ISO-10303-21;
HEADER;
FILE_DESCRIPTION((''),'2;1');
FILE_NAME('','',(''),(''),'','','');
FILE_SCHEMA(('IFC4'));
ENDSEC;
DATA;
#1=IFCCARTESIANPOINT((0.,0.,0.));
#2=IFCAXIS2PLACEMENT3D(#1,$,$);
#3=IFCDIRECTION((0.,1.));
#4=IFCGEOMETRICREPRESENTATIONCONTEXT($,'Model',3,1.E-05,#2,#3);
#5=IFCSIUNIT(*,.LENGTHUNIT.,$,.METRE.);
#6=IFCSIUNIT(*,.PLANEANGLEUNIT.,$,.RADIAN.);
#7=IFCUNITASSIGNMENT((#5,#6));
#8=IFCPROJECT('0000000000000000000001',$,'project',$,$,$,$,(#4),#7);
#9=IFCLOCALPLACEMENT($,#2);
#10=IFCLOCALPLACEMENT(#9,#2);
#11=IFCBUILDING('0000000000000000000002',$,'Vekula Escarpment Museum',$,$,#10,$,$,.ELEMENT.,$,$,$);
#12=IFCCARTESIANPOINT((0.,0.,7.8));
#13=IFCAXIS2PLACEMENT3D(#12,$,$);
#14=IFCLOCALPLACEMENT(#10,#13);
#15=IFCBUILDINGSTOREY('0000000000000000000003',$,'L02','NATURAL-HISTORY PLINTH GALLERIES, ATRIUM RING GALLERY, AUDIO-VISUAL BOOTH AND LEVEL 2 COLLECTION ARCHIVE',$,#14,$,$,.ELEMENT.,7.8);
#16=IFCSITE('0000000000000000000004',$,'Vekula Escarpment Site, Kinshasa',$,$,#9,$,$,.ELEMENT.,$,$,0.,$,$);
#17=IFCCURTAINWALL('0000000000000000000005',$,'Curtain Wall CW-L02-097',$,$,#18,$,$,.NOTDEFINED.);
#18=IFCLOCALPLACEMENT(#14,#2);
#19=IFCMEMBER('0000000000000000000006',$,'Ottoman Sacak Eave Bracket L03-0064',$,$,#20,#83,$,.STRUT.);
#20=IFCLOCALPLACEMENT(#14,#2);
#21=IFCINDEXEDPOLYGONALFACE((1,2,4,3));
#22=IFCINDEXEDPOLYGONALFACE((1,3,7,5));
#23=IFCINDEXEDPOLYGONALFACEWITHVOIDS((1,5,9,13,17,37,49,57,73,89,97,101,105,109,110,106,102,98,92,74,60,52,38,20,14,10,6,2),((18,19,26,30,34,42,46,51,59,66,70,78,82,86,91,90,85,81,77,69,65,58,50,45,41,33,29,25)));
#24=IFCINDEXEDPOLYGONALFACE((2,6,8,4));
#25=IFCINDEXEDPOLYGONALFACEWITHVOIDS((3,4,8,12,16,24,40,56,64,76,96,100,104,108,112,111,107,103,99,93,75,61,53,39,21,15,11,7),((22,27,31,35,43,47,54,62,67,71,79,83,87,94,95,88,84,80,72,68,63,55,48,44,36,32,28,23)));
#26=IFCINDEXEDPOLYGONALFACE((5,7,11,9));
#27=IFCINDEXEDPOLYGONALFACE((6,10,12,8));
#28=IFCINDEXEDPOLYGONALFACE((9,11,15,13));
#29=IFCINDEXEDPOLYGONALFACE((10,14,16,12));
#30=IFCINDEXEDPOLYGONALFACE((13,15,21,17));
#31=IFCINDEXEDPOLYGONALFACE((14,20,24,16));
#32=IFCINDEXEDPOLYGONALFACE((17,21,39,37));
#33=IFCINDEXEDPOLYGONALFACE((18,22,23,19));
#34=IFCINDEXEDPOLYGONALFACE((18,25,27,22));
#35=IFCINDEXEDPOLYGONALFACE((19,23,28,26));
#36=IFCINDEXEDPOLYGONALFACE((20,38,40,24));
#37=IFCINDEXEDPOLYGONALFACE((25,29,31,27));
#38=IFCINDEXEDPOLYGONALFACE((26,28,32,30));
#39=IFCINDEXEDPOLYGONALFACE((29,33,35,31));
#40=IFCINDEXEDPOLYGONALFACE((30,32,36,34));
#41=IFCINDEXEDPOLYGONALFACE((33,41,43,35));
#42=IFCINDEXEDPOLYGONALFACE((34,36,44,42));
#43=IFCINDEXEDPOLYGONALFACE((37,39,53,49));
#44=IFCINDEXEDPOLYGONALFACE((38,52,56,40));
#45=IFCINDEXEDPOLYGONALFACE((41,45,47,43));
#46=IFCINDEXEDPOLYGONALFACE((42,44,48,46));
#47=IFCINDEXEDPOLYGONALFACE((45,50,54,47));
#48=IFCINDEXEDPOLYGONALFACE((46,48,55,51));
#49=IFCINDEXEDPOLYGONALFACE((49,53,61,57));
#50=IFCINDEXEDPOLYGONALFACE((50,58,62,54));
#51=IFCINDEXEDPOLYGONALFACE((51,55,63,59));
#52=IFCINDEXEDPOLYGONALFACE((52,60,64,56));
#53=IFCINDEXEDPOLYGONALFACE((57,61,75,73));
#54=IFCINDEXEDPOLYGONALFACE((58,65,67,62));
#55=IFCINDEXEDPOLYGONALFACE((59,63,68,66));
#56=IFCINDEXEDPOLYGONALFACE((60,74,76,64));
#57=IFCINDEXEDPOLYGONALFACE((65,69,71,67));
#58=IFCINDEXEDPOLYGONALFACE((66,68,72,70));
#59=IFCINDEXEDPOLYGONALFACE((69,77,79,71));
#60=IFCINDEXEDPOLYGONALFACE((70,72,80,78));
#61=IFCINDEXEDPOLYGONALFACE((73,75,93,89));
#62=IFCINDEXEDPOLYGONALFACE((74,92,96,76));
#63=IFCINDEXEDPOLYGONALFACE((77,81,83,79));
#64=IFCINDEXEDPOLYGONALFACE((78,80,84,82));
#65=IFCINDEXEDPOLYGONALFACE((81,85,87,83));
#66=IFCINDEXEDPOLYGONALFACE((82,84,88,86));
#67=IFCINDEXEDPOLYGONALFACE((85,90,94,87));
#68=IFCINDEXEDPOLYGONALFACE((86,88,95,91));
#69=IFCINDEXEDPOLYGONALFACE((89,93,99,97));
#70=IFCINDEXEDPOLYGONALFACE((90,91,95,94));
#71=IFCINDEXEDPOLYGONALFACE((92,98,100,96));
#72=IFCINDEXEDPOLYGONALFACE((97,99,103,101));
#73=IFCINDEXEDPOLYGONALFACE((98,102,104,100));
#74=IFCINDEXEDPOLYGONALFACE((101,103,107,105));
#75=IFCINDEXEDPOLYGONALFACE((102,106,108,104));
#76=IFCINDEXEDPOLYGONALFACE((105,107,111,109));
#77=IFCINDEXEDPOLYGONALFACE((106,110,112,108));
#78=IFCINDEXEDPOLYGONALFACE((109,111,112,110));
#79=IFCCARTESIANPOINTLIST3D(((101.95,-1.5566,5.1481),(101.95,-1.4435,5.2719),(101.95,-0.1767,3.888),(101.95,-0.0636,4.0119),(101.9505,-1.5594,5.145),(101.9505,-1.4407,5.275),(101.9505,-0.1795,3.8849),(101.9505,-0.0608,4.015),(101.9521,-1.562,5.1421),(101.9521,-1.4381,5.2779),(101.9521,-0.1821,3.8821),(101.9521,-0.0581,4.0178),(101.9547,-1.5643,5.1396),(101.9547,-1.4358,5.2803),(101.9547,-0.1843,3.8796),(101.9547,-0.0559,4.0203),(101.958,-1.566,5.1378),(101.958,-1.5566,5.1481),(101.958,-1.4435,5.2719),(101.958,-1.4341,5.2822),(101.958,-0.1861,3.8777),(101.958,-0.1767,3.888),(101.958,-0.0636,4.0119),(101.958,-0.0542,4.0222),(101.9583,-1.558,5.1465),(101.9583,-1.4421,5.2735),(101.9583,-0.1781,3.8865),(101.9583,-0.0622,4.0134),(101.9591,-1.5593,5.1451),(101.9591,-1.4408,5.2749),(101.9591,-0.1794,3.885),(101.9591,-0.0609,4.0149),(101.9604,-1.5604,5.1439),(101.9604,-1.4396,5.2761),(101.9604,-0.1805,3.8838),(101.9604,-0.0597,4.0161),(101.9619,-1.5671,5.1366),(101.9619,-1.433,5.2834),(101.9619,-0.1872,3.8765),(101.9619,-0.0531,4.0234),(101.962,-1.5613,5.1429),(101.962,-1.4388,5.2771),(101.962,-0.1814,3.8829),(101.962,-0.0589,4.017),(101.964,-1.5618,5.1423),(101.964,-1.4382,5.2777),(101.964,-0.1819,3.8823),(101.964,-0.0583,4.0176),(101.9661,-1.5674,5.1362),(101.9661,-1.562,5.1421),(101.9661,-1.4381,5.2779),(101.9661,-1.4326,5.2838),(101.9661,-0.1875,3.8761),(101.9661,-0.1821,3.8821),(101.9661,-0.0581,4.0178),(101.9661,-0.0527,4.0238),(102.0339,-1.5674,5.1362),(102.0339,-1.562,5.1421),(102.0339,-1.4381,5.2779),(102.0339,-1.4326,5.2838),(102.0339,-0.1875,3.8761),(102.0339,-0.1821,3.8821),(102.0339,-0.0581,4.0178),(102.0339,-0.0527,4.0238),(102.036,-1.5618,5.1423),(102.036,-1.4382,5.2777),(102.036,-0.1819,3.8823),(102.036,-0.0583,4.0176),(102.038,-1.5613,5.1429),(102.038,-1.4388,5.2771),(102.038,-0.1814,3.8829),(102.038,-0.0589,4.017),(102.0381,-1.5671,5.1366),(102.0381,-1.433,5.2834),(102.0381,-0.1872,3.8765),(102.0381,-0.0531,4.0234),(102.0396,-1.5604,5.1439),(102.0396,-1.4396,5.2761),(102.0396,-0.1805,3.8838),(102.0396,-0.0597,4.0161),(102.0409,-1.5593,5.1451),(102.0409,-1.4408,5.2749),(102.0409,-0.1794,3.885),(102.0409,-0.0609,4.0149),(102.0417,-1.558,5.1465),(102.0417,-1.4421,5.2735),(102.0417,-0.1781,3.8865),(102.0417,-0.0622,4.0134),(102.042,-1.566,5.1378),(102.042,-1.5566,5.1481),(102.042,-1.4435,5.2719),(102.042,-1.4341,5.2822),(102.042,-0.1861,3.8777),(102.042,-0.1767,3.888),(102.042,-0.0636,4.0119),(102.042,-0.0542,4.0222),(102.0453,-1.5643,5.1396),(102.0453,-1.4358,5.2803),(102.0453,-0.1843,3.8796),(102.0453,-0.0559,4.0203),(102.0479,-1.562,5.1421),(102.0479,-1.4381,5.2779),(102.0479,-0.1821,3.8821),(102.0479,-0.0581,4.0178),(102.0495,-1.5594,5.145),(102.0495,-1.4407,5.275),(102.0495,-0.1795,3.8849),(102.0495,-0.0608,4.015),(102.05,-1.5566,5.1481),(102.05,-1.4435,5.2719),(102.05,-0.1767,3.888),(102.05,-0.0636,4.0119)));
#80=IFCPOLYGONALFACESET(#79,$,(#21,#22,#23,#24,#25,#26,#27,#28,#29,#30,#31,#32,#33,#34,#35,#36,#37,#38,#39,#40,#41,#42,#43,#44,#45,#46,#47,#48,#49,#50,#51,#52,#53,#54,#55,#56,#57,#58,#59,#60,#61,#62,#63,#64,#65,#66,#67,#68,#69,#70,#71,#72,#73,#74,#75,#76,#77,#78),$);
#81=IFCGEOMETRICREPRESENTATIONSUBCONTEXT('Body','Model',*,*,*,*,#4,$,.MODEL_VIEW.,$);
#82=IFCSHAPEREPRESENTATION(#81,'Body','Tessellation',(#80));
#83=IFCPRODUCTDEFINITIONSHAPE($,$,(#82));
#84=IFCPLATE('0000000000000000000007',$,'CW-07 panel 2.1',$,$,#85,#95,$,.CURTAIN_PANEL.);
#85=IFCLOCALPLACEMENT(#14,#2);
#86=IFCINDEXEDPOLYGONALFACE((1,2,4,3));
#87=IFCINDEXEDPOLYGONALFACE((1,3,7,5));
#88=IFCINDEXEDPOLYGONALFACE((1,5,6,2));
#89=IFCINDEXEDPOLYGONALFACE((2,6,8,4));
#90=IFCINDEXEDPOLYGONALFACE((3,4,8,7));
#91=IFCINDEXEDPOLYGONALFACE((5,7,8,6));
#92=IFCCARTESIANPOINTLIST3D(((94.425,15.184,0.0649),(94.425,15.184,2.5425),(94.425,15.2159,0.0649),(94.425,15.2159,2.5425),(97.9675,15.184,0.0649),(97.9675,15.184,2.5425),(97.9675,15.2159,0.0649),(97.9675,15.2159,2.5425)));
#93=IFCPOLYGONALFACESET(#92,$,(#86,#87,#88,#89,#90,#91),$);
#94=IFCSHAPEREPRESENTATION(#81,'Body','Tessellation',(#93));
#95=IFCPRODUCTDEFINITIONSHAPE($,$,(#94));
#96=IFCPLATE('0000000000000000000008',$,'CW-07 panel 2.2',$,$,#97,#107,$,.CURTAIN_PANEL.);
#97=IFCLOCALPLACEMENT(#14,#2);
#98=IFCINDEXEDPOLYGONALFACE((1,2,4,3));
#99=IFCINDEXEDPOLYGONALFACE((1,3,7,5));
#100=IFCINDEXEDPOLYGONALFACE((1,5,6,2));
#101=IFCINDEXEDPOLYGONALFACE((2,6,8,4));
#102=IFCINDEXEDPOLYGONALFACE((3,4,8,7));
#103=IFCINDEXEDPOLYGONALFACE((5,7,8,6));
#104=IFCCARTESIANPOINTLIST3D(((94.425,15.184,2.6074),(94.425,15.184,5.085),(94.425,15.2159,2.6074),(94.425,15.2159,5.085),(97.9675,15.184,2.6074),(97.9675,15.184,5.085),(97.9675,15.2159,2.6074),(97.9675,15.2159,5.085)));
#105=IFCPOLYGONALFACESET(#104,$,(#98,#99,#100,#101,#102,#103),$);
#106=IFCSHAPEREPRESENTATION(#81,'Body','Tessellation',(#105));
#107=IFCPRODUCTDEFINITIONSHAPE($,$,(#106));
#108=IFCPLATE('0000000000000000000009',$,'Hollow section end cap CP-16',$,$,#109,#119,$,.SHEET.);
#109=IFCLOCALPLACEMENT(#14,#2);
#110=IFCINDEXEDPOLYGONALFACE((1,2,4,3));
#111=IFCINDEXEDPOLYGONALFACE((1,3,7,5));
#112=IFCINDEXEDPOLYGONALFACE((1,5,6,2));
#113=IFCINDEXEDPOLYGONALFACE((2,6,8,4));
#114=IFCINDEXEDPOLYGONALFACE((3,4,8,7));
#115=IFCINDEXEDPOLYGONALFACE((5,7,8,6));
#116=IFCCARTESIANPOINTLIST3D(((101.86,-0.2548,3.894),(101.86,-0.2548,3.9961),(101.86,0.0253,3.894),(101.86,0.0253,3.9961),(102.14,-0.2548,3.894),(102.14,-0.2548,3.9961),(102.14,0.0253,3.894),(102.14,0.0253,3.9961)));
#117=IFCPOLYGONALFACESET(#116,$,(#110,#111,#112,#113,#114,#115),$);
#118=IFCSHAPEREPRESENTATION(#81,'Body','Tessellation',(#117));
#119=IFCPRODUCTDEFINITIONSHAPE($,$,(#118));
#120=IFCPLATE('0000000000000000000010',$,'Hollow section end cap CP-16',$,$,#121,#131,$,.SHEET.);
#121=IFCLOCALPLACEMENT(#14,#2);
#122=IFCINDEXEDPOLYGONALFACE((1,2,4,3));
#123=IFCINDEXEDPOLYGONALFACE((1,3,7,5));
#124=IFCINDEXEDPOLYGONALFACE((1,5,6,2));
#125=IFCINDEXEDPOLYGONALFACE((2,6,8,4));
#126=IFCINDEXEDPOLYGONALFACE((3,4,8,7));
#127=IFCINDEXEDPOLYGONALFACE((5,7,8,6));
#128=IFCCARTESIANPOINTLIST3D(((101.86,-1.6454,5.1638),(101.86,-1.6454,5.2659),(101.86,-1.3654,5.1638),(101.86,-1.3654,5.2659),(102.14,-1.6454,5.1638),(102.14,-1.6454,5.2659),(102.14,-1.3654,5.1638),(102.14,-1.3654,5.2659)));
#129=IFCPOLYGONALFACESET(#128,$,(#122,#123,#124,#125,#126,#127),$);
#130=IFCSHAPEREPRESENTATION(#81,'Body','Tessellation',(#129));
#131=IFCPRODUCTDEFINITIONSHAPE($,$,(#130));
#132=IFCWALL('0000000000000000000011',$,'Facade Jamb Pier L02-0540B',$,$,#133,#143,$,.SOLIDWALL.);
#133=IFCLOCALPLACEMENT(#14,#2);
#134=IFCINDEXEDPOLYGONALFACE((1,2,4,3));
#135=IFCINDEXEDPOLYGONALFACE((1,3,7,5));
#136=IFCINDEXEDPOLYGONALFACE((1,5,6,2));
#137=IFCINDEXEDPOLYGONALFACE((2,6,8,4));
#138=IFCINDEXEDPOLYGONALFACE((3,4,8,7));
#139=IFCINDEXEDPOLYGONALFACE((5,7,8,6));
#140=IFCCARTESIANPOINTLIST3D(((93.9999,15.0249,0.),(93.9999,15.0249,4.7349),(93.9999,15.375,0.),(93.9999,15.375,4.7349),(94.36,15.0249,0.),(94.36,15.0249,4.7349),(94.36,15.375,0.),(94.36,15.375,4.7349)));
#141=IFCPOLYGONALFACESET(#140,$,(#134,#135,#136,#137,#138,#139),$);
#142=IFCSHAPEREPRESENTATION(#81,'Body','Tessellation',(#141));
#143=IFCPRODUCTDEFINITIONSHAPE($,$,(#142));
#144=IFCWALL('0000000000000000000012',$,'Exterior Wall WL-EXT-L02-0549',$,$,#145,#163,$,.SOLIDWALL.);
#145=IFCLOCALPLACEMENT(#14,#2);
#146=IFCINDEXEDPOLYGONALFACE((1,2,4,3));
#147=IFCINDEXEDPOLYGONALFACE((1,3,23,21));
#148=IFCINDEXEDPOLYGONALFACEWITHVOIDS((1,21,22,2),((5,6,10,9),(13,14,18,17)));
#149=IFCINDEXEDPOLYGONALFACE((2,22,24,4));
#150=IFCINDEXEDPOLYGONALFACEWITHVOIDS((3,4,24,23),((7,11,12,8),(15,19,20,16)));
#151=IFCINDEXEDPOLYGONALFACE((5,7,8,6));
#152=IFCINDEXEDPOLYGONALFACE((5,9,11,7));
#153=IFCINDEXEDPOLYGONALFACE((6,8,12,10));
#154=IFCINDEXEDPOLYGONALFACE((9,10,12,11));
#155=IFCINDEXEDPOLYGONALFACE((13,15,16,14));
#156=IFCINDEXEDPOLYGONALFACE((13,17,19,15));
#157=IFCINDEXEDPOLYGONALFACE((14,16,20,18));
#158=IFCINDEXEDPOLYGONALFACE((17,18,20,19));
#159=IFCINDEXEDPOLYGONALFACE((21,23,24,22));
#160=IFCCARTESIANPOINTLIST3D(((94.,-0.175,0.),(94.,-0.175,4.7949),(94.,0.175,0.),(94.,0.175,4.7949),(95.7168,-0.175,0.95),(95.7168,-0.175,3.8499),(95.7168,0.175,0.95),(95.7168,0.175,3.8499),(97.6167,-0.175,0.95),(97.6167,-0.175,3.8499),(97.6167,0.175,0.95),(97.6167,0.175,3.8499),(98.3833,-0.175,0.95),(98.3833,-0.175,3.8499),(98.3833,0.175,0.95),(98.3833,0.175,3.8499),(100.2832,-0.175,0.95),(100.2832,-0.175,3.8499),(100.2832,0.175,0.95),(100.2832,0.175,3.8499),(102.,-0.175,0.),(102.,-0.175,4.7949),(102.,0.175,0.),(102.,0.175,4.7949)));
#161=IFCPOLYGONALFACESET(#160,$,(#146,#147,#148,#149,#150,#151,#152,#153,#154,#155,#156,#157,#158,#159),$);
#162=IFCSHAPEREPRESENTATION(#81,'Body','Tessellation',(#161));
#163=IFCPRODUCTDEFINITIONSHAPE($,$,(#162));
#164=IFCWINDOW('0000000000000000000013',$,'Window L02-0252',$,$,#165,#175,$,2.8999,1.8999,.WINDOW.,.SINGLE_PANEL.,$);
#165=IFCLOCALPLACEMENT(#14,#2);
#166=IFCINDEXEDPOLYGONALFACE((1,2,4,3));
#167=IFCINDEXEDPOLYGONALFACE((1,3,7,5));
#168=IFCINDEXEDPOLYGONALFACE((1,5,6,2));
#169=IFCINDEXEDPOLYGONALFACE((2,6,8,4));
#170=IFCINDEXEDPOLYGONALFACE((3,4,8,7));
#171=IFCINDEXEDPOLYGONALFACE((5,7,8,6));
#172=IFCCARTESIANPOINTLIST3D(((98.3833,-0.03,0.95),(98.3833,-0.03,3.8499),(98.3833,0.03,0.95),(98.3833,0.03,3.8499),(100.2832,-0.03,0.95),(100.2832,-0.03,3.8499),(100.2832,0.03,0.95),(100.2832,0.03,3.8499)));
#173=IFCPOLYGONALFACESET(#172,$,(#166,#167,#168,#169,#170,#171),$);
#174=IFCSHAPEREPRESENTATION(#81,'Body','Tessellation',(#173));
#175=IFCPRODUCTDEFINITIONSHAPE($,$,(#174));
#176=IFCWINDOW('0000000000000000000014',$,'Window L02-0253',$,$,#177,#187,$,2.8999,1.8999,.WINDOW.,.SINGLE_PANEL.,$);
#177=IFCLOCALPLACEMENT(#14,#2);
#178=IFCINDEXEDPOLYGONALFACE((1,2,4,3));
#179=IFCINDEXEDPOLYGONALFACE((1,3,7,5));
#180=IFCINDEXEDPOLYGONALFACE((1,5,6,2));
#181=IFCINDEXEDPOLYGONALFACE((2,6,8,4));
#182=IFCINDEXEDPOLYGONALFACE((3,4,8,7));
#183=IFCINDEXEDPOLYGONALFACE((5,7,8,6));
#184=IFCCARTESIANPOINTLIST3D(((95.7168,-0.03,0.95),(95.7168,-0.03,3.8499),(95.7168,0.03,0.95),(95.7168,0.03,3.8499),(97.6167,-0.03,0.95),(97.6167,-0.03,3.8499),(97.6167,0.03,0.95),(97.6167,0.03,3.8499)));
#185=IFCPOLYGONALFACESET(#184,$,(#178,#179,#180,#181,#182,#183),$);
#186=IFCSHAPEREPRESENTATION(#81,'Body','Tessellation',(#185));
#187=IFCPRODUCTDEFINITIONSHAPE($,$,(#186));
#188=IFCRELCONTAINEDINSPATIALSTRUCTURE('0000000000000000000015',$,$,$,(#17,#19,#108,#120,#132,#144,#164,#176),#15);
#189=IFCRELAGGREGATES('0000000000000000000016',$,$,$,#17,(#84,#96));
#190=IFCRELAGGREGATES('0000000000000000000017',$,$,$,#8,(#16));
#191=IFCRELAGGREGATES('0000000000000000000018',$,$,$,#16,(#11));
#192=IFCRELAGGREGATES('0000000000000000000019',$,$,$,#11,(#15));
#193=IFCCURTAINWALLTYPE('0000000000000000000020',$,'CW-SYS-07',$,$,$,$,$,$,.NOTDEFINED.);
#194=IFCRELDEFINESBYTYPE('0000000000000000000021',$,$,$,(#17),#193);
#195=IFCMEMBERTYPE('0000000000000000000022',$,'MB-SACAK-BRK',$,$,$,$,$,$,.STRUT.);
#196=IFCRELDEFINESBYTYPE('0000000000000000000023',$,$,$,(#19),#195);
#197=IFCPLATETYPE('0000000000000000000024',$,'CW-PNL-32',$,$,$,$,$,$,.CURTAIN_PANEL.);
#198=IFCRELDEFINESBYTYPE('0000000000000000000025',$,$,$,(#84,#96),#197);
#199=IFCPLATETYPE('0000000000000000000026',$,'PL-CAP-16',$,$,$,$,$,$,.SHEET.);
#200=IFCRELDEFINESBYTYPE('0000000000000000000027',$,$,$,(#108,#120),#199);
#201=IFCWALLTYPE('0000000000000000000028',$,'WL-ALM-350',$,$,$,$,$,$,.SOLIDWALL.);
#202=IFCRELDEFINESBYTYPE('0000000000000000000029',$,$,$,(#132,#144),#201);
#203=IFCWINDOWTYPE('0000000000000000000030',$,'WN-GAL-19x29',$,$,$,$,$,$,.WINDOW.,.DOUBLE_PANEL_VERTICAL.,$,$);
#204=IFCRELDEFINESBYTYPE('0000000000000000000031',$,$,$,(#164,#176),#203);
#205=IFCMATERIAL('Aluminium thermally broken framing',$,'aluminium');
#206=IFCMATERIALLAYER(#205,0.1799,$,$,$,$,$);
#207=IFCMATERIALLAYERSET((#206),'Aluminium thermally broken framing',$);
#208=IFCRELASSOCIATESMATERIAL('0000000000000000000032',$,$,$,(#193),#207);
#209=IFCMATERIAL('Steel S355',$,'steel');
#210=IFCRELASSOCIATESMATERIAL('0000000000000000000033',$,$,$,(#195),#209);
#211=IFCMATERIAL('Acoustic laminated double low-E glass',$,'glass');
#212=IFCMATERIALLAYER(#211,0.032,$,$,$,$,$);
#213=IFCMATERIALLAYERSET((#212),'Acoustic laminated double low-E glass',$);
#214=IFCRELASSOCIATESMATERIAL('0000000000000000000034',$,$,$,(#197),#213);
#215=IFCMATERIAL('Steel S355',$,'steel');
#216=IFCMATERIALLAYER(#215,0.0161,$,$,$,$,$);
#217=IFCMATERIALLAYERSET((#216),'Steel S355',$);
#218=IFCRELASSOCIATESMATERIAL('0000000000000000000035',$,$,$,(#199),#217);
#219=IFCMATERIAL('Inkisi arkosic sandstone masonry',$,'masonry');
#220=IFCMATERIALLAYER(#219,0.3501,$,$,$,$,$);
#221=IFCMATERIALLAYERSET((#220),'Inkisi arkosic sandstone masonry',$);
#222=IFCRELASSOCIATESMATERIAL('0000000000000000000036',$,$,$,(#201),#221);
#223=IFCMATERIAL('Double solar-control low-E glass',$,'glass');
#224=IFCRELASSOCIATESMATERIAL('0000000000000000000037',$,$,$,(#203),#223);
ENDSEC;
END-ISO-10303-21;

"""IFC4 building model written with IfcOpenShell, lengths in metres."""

from ifc_helpers import new_model, si_unit, direction, frame, frame_2d, origin, origin_2d, place, context, subcontext, project, spatial, rectangle, hollow_rectangle, extrude, material, layer, layer_set, material_profile, profile_set, type_object, element, fill, aggregate, save


model = new_model("IFC4")

# Units and contexts
model_context = context("Model", 3, precision=1e-05, world=origin(), true_north=direction((0.0, 1.0)))
body_context = subcontext(model_context, "Body", "Model", "MODEL_VIEW")
ifc_project = project(units=[si_unit("LENGTHUNIT", "METRE"), si_unit("PLANEANGLEUNIT", "RADIAN")], contexts=[model_context])

# Site, building, storey
site_placement = place(None, origin())
site = spatial("IfcSite", under=ifc_project, at=site_placement, Name="Vekula Escarpment Site, Kinshasa", CompositionType="ELEMENT", RefElevation=0.0)
building_placement = place(site_placement, origin())
building = spatial("IfcBuilding", under=site, at=building_placement, Name="Vekula Escarpment Museum", CompositionType="ELEMENT")
storey_placement = place(building_placement, frame((0.0, 0.0, 7.8)))
storey = spatial("IfcBuildingStorey", under=building, at=storey_placement, Name="L02", Description="NATURAL-HISTORY PLINTH GALLERIES, ATRIUM RING GALLERY, AUDIO-VISUAL BOOTH AND LEVEL 2 COLLECTION ARCHIVE", CompositionType="ELEMENT", Elevation=7.8)

# Curtain wall
ifc_material_1 = material(Name="Aluminium thermally broken framing", Category="aluminium")
ifc_layer_1 = layer(ifc_material_1, 0.1799)
ifc_layer_set_1 = layer_set([ifc_layer_1], Name="Aluminium thermally broken framing")
curtain_wall_type = type_object("IfcCurtainWallType", Name="CW-SYS-07", PredefinedType="NOTDEFINED", material=ifc_layer_set_1)
curtain_wall_placement = place(storey_placement, origin())
curtain_wall = element("IfcCurtainWall", 1, at=curtain_wall_placement, inside=storey, type_object=curtain_wall_type, Name="Curtain Wall CW-L02-097", PredefinedType="NOTDEFINED")

# Member
ifc_material_2 = material(Name="Steel S355", Category="steel")
ifc_material_profile_1 = material_profile(ifc_material_2, hollow_rectangle(XDim=0.1001, YDim=0.2, WallThickness=0.0081, InnerFilletRadius=0.0081, OuterFilletRadius=0.0161, at=origin_2d()), Name="RHS 200x100x8")
ifc_profile_set_1 = profile_set([ifc_material_profile_1], Name="Steel S355")
member_type_1 = type_object("IfcMemberType", Name="MB-SACAK-BRK", PredefinedType="STRUT", material=ifc_profile_set_1)
member_1_placement = place(storey_placement, frame((102.0, -0.1201, 3.95), z_axis=(0.0, -0.738454, 0.674303), x_axis=(1.0, 0.0, 0.0)))
element("IfcMember", 2, at=member_1_placement, inside=storey, type_object=member_type_1, Name="Ottoman Sacak Eave Bracket L03-0064", PredefinedType="STRUT", context=body_context, shape_type="SweptSolid", body=[
    extrude(hollow_rectangle(XDim=0.1001, YDim=0.2, WallThickness=0.0081, InnerFilletRadius=0.0081, OuterFilletRadius=0.0161, at=origin_2d()), origin(), (0.0, 0.0, 1.0), 1.8687),
])

# Plates
ifc_material_3 = material(Name="Acoustic laminated double low-E glass", Category="glass")
ifc_layer_2 = layer(ifc_material_3, 0.032)
ifc_layer_set_2 = layer_set([ifc_layer_2], Name="Acoustic laminated double low-E glass")
plate_type_1 = type_object("IfcPlateType", Name="CW-PNL-32", PredefinedType="CURTAIN_PANEL", material=ifc_layer_set_2)
plate_1_placement = place(storey_placement, frame((96.1963, 15.2, 0.0649), z_axis=(0.0, 0.0, 1.0), x_axis=(-1.0, 0.0, 0.0)))
plate_1 = element("IfcPlate", 3, at=plate_1_placement, type_object=plate_type_1, Name="CW-07 panel 2.1", PredefinedType="CURTAIN_PANEL", context=body_context, shape_type="SweptSolid", body=[
    extrude(rectangle(XDim=3.5425, YDim=0.032, at=origin_2d()), origin(), (0.0, 0.0, 1.0), 2.4775),
])
plate_2_placement = place(storey_placement, frame((96.1963, 15.2, 2.6074), z_axis=(0.0, 0.0, 1.0), x_axis=(-1.0, 0.0, 0.0)))
plate_2 = element("IfcPlate", 4, at=plate_2_placement, type_object=plate_type_1, Name="CW-07 panel 2.2", PredefinedType="CURTAIN_PANEL", context=body_context, shape_type="SweptSolid", body=[
    extrude(rectangle(XDim=3.5425, YDim=0.032, at=origin_2d()), origin(), (0.0, 0.0, 1.0), 2.4775),
])
aggregate(curtain_wall, [plate_1, plate_2])

# Plates
ifc_material_4 = material(Name="Steel S355", Category="steel")
ifc_layer_3 = layer(ifc_material_4, 0.0161)
ifc_layer_set_3 = layer_set([ifc_layer_3], Name="Steel S355")
plate_type_2 = type_object("IfcPlateType", Name="PL-CAP-16", PredefinedType="SHEET", material=ifc_layer_set_3)
for number, where, z_axis, x_axis, name in (
    (5, (102.0, -0.1147, 3.894), (0.0, 0.0, 1.0), (1.0, 0.0, 0.0), "Hollow section end cap CP-16"),
    (6, (102.0, -1.5054, 5.1638), (0.0, 0.0, 1.0), (1.0, 0.0, 0.0), "Hollow section end cap CP-16"),
):
    element("IfcPlate", number, at=place(storey_placement, frame(where, z_axis=z_axis, x_axis=x_axis)), inside=storey, type_object=plate_type_2, Name=name, PredefinedType="SHEET", context=body_context, shape_type="SweptSolid", body=[
        extrude(rectangle(XDim=0.28, YDim=0.28, at=origin_2d()), origin(), (0.0, 0.0, 1.0), 0.1021),
    ])

# Wall
ifc_material_5 = material(Name="Inkisi arkosic sandstone masonry", Category="masonry")
ifc_layer_4 = layer(ifc_material_5, 0.3501)
ifc_layer_set_4 = layer_set([ifc_layer_4], Name="Inkisi arkosic sandstone masonry")
wall_type_1 = type_object("IfcWallType", Name="WL-ALM-350", PredefinedType="SOLIDWALL", material=ifc_layer_set_4)
wall_1_placement = place(storey_placement, frame((94.3601, 15.2, 0.0), z_axis=(0.0, 0.0, 1.0), x_axis=(-1.0, 0.0, 0.0)))
element("IfcWall", 7, at=wall_1_placement, inside=storey, type_object=wall_type_1, Name="Facade Jamb Pier L02-0540B", PredefinedType="SOLIDWALL", context=body_context, shape_type="SweptSolid", body=[
    extrude(rectangle(XDim=0.3601, YDim=0.3501, at=frame_2d((0.1802, 0.0))), origin(), (0.0, 0.0, 1.0), 4.7349),
])

# Wall, openings, windows
wall_2_placement = place(storey_placement, frame((102.0, 0.0, 0.0), z_axis=(0.0, 0.0, 1.0), x_axis=(-1.0, 0.0, 0.0)))
wall_2 = element("IfcWall", 8, at=wall_2_placement, inside=storey, type_object=wall_type_1, Name="Exterior Wall WL-EXT-L02-0549", PredefinedType="SOLIDWALL", context=body_context, shape_type="SweptSolid", body=[
    extrude(rectangle(XDim=8.0, YDim=0.3501, at=frame_2d((4.0, 0.0))), origin(), (0.0, 0.0, 1.0), 4.7949),
])
opening_1_placement = place(wall_2_placement, frame((1.7168, 0.0, 0.95)))
opening_1 = element("IfcOpeningElement", 9, at=opening_1_placement, cuts=wall_2, PredefinedType="OPENING", context=body_context, shape_type="SweptSolid", body=[
    extrude(rectangle(XDim=1.8999, YDim=2.8999, at=frame_2d((0.95, 1.45))), frame((0.0, 0.1851, 0.0), z_axis=(0.0, -1.0, 0.0), x_axis=(1.0, 0.0, 0.0)), (0.0, 0.0, 1.0), 0.3701),
])
opening_2_placement = place(wall_2_placement, frame((4.3833, 0.0, 0.95)))
opening_2 = element("IfcOpeningElement", 10, at=opening_2_placement, cuts=wall_2, PredefinedType="OPENING", context=body_context, shape_type="SweptSolid", body=[
    extrude(rectangle(XDim=1.8999, YDim=2.8999, at=frame_2d((0.95, 1.45))), frame((0.0, 0.1851, 0.0), z_axis=(0.0, -1.0, 0.0), x_axis=(1.0, 0.0, 0.0)), (0.0, 0.0, 1.0), 0.3701),
])
ifc_material_6 = material(Name="Double solar-control low-E glass", Category="glass")
window_type = type_object("IfcWindowType", Name="WN-GAL-19x29", PartitioningType="DOUBLE_PANEL_VERTICAL", PredefinedType="WINDOW", material=ifc_material_6)
window_1_placement = place(opening_1_placement, origin())
window_1 = element("IfcWindow", 11, at=window_1_placement, inside=storey, type_object=window_type, Name="Window L02-0252", OverallHeight=2.8999, OverallWidth=1.8999, PartitioningType="SINGLE_PANEL", PredefinedType="WINDOW", context=body_context, shape_type="SweptSolid", body=[
    extrude(rectangle(XDim=1.8999, YDim=2.8999, at=frame_2d((0.95, 1.45))), frame((0.0, 0.03, 0.0), z_axis=(0.0, -1.0, 0.0), x_axis=(1.0, 0.0, 0.0)), (0.0, 0.0, 1.0), 0.0601),
])
fill(opening_1, window_1)
window_2_placement = place(opening_2_placement, origin())
window_2 = element("IfcWindow", 12, at=window_2_placement, inside=storey, type_object=window_type, Name="Window L02-0253", OverallHeight=2.8999, OverallWidth=1.8999, PartitioningType="SINGLE_PANEL", PredefinedType="WINDOW", context=body_context, shape_type="SweptSolid", body=[
    extrude(rectangle(XDim=1.8999, YDim=2.8999, at=frame_2d((0.95, 1.45))), frame((0.0, 0.03, 0.0), z_axis=(0.0, -1.0, 0.0), x_axis=(1.0, 0.0, 0.0)), (0.0, 0.0, 1.0), 0.0601),
])
fill(opening_2, window_2)

save(model, "model.ifc")
